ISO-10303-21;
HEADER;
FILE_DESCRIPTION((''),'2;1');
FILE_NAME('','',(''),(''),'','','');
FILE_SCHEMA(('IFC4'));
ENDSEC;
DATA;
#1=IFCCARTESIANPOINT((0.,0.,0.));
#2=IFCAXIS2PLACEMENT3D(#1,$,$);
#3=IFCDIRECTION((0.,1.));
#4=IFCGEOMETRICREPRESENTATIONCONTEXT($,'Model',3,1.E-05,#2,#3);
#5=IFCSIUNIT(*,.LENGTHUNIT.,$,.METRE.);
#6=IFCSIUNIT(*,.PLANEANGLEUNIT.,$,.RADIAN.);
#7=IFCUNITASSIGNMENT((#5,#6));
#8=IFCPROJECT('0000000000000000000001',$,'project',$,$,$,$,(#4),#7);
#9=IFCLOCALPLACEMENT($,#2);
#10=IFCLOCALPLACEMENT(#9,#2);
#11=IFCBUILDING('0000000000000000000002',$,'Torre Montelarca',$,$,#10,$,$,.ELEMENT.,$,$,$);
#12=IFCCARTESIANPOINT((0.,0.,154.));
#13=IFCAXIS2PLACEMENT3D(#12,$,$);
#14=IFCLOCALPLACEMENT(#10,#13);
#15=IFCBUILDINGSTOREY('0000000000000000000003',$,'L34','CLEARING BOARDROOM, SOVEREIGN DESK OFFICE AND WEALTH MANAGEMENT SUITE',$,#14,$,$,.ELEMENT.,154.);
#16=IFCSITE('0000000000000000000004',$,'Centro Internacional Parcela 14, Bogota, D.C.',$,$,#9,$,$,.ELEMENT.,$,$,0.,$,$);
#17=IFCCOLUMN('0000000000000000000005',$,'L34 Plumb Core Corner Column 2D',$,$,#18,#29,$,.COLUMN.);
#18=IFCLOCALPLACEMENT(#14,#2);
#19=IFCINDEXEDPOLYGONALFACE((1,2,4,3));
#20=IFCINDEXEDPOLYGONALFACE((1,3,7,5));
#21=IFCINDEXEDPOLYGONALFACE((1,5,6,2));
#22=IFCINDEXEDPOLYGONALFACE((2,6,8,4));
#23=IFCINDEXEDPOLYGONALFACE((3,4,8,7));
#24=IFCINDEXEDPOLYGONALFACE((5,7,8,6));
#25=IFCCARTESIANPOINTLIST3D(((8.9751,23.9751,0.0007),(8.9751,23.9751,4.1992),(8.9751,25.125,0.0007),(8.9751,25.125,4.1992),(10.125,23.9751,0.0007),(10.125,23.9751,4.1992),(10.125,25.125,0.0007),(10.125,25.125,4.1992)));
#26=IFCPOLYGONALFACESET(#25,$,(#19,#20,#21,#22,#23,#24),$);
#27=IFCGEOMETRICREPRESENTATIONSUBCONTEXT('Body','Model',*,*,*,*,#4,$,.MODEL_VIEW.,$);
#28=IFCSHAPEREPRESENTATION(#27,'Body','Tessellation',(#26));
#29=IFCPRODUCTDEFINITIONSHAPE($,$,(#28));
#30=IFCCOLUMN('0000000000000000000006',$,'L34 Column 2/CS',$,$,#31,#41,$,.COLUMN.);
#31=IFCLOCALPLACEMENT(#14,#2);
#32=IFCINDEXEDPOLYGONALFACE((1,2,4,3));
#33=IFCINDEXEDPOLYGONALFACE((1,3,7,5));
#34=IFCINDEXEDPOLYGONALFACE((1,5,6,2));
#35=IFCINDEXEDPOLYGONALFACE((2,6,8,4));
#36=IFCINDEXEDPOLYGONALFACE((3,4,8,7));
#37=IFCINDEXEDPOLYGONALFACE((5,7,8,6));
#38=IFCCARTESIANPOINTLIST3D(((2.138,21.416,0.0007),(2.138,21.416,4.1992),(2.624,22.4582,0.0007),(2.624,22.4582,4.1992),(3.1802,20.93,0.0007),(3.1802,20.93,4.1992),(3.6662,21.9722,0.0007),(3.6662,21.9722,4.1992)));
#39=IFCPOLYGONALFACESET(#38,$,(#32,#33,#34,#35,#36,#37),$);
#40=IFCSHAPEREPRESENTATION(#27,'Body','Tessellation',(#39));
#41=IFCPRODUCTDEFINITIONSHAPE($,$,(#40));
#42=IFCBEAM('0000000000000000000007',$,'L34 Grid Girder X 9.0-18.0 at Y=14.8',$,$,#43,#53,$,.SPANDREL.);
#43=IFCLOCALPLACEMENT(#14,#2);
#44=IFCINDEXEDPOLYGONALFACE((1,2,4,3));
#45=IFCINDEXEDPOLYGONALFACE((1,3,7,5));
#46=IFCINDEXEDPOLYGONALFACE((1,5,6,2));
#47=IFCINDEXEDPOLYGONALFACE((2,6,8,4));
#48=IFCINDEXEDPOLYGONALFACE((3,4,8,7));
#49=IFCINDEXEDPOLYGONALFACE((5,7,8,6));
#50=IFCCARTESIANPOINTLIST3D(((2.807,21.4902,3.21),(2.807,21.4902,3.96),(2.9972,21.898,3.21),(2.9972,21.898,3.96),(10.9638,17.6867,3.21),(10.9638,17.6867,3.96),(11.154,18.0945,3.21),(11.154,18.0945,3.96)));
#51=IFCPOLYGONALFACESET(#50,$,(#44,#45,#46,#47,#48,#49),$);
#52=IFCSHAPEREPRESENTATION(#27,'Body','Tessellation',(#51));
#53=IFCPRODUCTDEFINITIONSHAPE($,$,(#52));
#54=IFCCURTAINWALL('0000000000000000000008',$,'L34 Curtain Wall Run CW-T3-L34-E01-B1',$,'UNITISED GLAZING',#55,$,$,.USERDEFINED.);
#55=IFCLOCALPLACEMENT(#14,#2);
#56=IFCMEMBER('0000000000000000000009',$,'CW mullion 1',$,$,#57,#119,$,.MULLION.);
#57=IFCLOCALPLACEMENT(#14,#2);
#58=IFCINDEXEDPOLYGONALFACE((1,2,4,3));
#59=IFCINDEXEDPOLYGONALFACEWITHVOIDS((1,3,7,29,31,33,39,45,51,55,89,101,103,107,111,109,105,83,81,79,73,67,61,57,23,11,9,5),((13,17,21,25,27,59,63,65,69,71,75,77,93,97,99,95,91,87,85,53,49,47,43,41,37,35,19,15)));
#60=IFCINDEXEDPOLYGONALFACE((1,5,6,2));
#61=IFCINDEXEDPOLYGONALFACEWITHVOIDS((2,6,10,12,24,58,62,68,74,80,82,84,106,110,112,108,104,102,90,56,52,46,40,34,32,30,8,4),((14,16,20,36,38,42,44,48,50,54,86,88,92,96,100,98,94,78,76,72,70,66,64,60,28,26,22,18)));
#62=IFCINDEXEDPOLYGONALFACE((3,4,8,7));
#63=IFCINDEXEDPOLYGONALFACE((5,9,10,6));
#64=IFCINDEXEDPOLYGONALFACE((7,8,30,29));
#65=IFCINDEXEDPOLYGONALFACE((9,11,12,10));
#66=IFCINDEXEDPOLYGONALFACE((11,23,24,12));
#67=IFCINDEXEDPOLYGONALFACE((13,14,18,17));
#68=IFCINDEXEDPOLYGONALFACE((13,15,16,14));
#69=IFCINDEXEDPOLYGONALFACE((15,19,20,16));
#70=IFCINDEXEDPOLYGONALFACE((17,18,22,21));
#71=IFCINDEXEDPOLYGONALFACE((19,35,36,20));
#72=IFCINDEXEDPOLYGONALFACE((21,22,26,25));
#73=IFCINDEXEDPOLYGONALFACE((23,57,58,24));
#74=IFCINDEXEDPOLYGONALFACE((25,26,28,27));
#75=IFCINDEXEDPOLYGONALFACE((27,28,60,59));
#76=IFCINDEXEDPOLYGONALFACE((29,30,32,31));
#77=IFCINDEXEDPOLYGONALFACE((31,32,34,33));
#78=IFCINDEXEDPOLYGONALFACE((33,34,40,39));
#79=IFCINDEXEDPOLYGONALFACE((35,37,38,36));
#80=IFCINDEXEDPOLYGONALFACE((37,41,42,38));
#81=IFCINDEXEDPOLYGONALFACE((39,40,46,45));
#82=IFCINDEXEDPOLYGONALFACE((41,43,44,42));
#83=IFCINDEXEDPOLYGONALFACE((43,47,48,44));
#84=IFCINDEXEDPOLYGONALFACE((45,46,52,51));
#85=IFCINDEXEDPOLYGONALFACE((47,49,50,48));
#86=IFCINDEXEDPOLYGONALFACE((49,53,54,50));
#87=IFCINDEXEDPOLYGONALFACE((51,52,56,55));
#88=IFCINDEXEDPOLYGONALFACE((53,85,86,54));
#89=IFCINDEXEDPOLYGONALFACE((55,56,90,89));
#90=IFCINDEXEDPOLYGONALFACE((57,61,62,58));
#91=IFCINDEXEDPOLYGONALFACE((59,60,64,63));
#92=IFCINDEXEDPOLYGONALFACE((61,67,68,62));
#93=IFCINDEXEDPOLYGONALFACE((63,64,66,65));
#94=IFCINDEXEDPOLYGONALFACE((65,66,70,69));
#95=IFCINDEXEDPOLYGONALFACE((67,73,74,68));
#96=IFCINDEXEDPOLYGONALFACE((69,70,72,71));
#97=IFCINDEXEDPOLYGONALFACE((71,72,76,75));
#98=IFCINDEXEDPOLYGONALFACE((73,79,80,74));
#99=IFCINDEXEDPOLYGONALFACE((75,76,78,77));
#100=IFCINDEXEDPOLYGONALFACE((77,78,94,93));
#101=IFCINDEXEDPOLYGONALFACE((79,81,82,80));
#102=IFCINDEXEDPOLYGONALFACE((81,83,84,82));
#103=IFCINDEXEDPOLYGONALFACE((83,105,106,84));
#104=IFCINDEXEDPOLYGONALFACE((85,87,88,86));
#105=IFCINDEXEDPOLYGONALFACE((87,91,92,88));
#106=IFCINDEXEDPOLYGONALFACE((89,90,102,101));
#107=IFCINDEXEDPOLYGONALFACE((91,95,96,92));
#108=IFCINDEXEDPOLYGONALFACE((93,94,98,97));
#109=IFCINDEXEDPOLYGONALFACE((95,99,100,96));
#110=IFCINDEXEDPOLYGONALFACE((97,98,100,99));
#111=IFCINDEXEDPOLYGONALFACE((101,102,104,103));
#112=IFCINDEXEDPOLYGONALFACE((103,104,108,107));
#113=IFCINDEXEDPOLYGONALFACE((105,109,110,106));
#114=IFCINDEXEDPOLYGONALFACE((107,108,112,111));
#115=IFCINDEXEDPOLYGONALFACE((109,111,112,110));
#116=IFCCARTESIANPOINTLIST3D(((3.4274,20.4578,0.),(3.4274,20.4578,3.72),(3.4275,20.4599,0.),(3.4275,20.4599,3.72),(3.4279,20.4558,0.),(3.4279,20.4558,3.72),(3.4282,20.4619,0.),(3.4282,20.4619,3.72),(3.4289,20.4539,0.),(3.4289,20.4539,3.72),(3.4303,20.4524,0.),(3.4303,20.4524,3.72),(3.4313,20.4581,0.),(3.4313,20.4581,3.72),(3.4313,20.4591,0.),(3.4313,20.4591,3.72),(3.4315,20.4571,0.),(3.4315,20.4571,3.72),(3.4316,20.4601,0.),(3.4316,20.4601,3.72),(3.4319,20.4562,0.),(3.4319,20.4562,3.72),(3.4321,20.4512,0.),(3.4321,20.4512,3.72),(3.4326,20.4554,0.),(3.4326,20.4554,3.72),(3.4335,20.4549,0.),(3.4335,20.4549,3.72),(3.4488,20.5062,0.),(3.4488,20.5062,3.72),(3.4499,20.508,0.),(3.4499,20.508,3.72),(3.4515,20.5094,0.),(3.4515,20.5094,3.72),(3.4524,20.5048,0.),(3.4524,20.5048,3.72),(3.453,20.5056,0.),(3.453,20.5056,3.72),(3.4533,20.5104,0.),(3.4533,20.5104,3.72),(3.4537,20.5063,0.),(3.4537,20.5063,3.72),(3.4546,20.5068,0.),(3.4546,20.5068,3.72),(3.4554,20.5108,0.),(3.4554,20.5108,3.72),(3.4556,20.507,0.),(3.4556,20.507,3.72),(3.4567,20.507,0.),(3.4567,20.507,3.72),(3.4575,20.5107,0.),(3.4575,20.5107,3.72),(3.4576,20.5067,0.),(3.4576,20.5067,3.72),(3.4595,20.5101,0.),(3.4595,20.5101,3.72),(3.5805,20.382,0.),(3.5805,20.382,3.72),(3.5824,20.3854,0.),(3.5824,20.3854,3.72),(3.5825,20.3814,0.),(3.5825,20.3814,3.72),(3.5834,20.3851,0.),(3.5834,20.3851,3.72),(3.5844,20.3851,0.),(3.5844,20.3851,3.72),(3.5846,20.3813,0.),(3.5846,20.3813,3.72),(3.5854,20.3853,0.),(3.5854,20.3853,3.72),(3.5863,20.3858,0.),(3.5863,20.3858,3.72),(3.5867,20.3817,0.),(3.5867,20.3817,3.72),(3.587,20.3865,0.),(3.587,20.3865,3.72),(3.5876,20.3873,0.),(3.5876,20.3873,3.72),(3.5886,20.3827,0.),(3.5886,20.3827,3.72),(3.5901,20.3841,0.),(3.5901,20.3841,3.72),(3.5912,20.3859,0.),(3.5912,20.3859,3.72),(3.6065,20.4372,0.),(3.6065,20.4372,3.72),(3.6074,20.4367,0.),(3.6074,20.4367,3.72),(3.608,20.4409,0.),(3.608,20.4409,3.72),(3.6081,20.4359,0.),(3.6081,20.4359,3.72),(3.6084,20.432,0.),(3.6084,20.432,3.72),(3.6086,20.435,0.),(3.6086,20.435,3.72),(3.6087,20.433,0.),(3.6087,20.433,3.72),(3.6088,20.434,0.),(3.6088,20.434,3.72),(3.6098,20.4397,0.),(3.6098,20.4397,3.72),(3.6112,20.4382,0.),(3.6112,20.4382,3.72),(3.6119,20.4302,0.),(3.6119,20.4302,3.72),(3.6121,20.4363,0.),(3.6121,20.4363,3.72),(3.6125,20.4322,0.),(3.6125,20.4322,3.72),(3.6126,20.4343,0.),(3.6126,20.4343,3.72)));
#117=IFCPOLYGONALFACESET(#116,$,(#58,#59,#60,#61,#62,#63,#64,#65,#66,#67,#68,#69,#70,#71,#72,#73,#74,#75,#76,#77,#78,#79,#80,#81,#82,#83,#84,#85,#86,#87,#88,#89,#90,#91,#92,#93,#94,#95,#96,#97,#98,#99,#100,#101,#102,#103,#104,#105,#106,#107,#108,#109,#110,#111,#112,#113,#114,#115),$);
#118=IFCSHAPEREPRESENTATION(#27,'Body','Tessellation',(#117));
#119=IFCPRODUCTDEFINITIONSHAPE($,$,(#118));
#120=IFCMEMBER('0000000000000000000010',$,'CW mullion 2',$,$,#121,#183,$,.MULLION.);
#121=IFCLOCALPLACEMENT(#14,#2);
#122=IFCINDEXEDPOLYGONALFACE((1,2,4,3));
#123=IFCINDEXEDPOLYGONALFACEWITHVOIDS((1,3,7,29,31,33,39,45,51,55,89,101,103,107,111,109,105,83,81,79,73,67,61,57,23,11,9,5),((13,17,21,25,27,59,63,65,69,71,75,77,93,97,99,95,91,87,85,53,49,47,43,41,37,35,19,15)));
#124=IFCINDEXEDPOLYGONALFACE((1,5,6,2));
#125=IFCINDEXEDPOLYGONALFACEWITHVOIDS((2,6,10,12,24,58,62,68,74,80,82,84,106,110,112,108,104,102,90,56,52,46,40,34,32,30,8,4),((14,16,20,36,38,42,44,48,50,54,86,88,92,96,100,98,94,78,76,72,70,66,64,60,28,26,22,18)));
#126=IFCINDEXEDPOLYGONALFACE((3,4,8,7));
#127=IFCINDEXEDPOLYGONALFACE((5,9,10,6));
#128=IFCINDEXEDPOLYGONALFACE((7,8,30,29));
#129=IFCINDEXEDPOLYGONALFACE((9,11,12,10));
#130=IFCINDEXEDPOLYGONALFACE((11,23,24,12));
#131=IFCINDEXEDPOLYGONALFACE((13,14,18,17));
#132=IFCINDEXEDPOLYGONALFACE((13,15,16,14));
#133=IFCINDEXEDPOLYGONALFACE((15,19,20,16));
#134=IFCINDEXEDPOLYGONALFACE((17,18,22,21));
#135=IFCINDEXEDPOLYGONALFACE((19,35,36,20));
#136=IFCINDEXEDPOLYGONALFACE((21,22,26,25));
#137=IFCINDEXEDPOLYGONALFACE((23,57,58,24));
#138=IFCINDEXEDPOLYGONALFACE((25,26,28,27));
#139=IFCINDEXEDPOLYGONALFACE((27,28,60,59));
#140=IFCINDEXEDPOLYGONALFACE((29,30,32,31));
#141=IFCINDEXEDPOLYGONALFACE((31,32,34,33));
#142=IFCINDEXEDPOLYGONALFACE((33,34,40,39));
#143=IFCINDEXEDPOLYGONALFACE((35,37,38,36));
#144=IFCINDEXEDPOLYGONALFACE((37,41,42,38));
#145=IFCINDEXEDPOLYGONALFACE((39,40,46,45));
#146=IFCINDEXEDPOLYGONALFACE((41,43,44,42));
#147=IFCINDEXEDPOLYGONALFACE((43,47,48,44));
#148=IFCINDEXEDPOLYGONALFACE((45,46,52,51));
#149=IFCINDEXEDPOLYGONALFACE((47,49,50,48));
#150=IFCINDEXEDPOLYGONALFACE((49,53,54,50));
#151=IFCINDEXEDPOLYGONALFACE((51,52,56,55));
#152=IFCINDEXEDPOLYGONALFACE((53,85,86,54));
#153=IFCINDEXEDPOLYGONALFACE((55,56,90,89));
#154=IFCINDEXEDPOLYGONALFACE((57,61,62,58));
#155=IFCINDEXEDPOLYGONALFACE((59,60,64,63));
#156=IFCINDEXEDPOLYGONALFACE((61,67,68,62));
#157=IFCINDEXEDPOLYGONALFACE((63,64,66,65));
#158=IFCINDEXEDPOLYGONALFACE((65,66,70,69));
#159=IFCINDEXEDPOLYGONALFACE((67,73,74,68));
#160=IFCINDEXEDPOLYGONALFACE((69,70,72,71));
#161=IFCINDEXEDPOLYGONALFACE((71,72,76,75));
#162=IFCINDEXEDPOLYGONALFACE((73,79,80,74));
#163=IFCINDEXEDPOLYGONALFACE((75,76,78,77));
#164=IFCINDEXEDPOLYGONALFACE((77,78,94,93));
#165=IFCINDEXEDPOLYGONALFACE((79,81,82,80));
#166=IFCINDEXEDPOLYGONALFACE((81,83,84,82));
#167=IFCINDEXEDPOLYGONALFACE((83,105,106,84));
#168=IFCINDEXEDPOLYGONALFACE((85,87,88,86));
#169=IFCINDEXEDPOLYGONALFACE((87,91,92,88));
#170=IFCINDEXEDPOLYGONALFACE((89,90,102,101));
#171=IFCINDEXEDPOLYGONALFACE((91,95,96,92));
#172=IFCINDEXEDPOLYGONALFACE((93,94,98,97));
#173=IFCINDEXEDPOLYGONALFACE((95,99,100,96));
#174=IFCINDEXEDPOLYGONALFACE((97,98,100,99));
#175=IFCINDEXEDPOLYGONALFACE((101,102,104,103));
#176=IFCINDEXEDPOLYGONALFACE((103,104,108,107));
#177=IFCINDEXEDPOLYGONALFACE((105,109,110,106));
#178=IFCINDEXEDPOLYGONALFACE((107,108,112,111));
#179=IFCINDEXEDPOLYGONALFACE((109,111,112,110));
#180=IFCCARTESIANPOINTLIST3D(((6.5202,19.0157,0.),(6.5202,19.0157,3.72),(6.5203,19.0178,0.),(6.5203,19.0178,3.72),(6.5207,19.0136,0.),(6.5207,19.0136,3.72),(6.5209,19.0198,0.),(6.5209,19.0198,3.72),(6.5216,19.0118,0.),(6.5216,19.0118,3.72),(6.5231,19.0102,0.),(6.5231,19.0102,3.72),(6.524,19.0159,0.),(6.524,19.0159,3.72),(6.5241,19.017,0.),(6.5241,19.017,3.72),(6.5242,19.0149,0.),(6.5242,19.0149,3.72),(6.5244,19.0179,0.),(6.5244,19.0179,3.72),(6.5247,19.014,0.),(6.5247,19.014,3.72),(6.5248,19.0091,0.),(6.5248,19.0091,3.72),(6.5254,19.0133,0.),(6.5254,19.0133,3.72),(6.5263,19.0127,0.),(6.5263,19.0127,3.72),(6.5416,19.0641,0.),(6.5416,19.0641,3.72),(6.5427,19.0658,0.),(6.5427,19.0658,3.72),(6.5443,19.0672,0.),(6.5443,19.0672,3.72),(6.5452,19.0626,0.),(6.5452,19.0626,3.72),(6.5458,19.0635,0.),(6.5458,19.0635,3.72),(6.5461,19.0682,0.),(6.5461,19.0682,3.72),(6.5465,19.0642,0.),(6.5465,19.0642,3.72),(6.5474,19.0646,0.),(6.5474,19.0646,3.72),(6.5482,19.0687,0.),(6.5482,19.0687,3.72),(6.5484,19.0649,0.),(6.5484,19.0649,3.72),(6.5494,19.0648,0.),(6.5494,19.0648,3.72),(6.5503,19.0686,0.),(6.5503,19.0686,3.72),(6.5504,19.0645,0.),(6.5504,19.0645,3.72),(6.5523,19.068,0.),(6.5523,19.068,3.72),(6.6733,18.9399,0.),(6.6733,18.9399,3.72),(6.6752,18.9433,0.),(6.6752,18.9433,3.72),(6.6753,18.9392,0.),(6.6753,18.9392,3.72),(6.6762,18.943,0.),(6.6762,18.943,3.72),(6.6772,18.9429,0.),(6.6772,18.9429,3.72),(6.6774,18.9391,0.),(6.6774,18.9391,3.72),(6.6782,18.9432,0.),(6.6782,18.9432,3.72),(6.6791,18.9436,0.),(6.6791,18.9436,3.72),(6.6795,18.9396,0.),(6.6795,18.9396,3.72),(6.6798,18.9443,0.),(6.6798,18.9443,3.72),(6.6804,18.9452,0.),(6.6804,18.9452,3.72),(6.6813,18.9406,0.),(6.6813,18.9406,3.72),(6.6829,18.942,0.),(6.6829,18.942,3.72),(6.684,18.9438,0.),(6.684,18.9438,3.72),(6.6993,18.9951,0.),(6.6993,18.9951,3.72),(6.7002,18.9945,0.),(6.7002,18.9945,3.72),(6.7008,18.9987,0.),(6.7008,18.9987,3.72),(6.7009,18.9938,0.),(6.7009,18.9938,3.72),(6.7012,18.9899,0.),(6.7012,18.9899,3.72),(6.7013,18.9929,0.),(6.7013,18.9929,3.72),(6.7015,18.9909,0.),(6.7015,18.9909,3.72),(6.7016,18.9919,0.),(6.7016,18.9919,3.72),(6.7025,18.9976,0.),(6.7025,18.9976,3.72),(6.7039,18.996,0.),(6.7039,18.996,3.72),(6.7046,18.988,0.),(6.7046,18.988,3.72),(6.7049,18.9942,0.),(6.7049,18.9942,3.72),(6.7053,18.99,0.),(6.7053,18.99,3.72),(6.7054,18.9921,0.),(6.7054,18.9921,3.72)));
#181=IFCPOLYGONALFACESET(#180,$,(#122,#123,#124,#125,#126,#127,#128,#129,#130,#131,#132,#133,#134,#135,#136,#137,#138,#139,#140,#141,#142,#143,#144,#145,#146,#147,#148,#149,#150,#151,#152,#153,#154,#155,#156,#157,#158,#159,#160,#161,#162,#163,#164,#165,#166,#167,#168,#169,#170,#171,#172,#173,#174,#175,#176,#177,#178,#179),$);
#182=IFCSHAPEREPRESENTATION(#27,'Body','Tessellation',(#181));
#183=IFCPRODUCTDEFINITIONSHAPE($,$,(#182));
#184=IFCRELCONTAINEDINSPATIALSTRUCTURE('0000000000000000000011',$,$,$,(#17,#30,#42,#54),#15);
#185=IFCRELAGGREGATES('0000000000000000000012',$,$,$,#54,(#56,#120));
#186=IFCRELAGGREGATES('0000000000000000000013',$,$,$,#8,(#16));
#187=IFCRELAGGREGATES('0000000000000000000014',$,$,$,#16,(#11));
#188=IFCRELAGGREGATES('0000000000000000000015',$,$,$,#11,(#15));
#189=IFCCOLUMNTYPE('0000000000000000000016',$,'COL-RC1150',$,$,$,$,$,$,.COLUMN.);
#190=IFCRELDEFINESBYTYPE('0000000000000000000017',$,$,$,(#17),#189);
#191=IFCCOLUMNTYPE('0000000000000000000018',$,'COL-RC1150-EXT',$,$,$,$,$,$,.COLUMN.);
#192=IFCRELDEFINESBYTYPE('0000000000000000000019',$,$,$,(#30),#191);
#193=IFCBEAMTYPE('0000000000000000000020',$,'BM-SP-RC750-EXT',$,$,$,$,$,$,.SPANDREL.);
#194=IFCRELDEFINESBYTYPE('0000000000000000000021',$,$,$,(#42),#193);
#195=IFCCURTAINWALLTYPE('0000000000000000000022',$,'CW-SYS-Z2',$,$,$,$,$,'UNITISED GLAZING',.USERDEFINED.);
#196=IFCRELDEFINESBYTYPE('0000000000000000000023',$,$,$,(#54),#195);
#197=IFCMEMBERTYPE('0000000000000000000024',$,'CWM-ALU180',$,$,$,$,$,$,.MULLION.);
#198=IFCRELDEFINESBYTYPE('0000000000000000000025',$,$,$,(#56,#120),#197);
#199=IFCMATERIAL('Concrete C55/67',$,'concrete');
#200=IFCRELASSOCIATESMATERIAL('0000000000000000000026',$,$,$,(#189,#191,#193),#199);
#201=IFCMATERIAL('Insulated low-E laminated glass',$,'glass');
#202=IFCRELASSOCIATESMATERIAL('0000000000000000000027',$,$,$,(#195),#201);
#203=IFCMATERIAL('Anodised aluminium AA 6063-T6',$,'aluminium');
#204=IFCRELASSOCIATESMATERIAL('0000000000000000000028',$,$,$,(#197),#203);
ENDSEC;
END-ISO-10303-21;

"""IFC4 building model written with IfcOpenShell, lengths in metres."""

from ifc_helpers import new_model, si_unit, direction, frame, origin, origin_2d, place, context, subcontext, project, spatial, rectangle, hollow_rectangle, extrude, source, transform, mapped, material, material_profile, profile_set, type_object, element, aggregate, save


model = new_model("IFC4")

# Units and contexts
model_context = context("Model", 3, precision=1e-05, world=origin(), true_north=direction((0.0, 1.0)))
body_context = subcontext(model_context, "Body", "Model", "MODEL_VIEW")
ifc_project = project(units=[si_unit("LENGTHUNIT", "METRE"), si_unit("PLANEANGLEUNIT", "RADIAN")], contexts=[model_context])

# Site, building, storey
site_placement = place(None, origin())
site = spatial("IfcSite", under=ifc_project, at=site_placement, Name="Centro Internacional Parcela 14, Bogota, D.C.", CompositionType="ELEMENT", RefElevation=0.0)
building_placement = place(site_placement, origin())
building = spatial("IfcBuilding", under=site, at=building_placement, Name="Torre Montelarca", CompositionType="ELEMENT")
storey_placement = place(building_placement, frame((0.0, 0.0, 154.0)))
storey = spatial("IfcBuildingStorey", under=building, at=storey_placement, Name="L34", Description="CLEARING BOARDROOM, SOVEREIGN DESK OFFICE AND WEALTH MANAGEMENT SUITE", CompositionType="ELEMENT", Elevation=154.0)

# Columns
ifc_material_1 = material(Name="Concrete C55/67", Category="concrete")
ifc_material_profile_1 = material_profile(ifc_material_1, rectangle(XDim=1.1499, YDim=1.1499, at=origin_2d()), Name="RC1150X1150", Category="concrete")
ifc_profile_set_1 = profile_set([ifc_material_profile_1], Name="Concrete C55/67")
column_type_1 = type_object("IfcColumnType", Name="COL-RC1150", PredefinedType="COLUMN", material=ifc_profile_set_1)
shared_shape_1 = source(origin(), body_context, "Body", "SweptSolid", [
    extrude(rectangle(XDim=1.1499, YDim=1.1499, at=origin_2d()), origin(), (0.0, 0.0, 1.0), 4.1985),
])
column_1_placement = place(storey_placement, frame((9.55, 24.55, 0.0007), z_axis=(0.0, 0.0, 1.0), x_axis=(1.0, 0.0, 0.0)))
element("IfcColumn", 1, at=column_1_placement, inside=storey, type_object=column_type_1, Name="L34 Plumb Core Corner Column 2D", PredefinedType="COLUMN", context=body_context, shape_type="MappedRepresentation", body=[
    mapped(shared_shape_1, transform((0.0, 0.0, 0.0), scale=1.0)),
])
ifc_material_profile_2 = material_profile(ifc_material_1, rectangle(XDim=1.1499, YDim=1.1499, at=origin_2d()), Name="RC1150X1150", Category="concrete")
ifc_profile_set_2 = profile_set([ifc_material_profile_2], Name="Concrete C55/67")
column_type_2 = type_object("IfcColumnType", Name="COL-RC1150-EXT", PredefinedType="COLUMN", material=ifc_profile_set_2)
shared_shape_2 = source(origin(), body_context, "Body", "SweptSolid", [
    extrude(rectangle(XDim=1.1499, YDim=1.1499, at=origin_2d()), origin(), (0.0, 0.0, 1.0), 4.1985),
])
column_2_placement = place(storey_placement, frame((2.9021, 21.6941, 0.0007), z_axis=(0.0, 0.0, 1.0), x_axis=(-0.906308, 0.422618, 0.0)))
element("IfcColumn", 2, at=column_2_placement, inside=storey, type_object=column_type_2, Name="L34 Column 2/CS", PredefinedType="COLUMN", context=body_context, shape_type="MappedRepresentation", body=[
    mapped(shared_shape_2, transform((0.0, 0.0, 0.0), scale=1.0)),
])

# Beam
ifc_material_profile_3 = material_profile(ifc_material_1, rectangle(XDim=0.45, YDim=0.75, at=origin_2d()), Name="RCB450X750", Category="concrete")
ifc_profile_set_3 = profile_set([ifc_material_profile_3], Name="Concrete C55/67")
beam_type = type_object("IfcBeamType", Name="BM-SP-RC750-EXT", PredefinedType="SPANDREL", material=ifc_profile_set_3)
shared_shape_3 = source(origin(), body_context, "Body", "SweptSolid", [
    extrude(rectangle(XDim=0.45, YDim=0.75, at=origin_2d()), origin(), (0.0, 0.0, 1.0), 9.0),
])
beam_placement = place(storey_placement, frame((2.9021, 21.6941, 3.585), z_axis=(0.906311, -0.422611, 0.0), x_axis=(0.422611, 0.906311, 0.0)))
element("IfcBeam", 3, at=beam_placement, inside=storey, type_object=beam_type, Name="L34 Grid Girder X 9.0-18.0 at Y=14.8", PredefinedType="SPANDREL", context=body_context, shape_type="MappedRepresentation", body=[
    mapped(shared_shape_3, transform((0.0, 0.0, 0.0), scale=1.0)),
])

# Curtain wall, members
ifc_material_2 = material(Name="Insulated low-E laminated glass", Category="glass")
curtain_wall_type = type_object("IfcCurtainWallType", Name="CW-SYS-Z2", ElementType="UNITISED GLAZING", PredefinedType="USERDEFINED", material=ifc_material_2)
curtain_wall_placement = place(storey_placement, origin())
curtain_wall = element("IfcCurtainWall", 4, at=curtain_wall_placement, inside=storey, type_object=curtain_wall_type, Name="L34 Curtain Wall Run CW-T3-L34-E01-B1", ObjectType="UNITISED GLAZING", PredefinedType="USERDEFINED")
ifc_material_3 = material(Name="Anodised aluminium AA 6063-T6", Category="aluminium")
ifc_material_profile_4 = material_profile(ifc_material_3, hollow_rectangle(XDim=0.0649, YDim=0.1799, WallThickness=0.0039, InnerFilletRadius=0.0039, OuterFilletRadius=0.0081, at=origin_2d()), Name="ALU65X180X4", Category="aluminium")
ifc_profile_set_4 = profile_set([ifc_material_profile_4], Name="Anodised aluminium AA 6063-T6")
member_type_1 = type_object("IfcMemberType", Name="CWM-ALU180", PredefinedType="MULLION", material=ifc_profile_set_4)
shared_shape_4 = source(origin(), body_context, "Body", "SweptSolid", [
    extrude(hollow_rectangle(XDim=0.0649, YDim=0.1799, WallThickness=0.0039, InnerFilletRadius=0.0039, OuterFilletRadius=0.0081, at=origin_2d()), origin(), (0.0, 0.0, 1.0), 3.72),
])
member_1_placement = place(storey_placement, frame((3.52, 20.446, 0.0), z_axis=(0.0, 0.0, 1.0), x_axis=(0.422611, 0.906311, 0.0)))
member_1 = element("IfcMember", 5, at=member_1_placement, type_object=member_type_1, Name="CW mullion 1", PredefinedType="MULLION", context=body_context, shape_type="MappedRepresentation", body=[
    mapped(shared_shape_4, transform((0.0, 0.0, 0.0), scale=1.0)),
])
member_2_placement = place(storey_placement, frame((6.6128, 19.0039, 0.0), z_axis=(0.0, 0.0, 1.0), x_axis=(0.422611, 0.906311, 0.0)))
member_2 = element("IfcMember", 6, at=member_2_placement, type_object=member_type_1, Name="CW mullion 2", PredefinedType="MULLION", context=body_context, shape_type="MappedRepresentation", body=[
    mapped(shared_shape_4, transform((0.0, 0.0, 0.0), scale=1.0)),
])
aggregate(curtain_wall, [member_1, member_2])

save(model, "model.ifc")
